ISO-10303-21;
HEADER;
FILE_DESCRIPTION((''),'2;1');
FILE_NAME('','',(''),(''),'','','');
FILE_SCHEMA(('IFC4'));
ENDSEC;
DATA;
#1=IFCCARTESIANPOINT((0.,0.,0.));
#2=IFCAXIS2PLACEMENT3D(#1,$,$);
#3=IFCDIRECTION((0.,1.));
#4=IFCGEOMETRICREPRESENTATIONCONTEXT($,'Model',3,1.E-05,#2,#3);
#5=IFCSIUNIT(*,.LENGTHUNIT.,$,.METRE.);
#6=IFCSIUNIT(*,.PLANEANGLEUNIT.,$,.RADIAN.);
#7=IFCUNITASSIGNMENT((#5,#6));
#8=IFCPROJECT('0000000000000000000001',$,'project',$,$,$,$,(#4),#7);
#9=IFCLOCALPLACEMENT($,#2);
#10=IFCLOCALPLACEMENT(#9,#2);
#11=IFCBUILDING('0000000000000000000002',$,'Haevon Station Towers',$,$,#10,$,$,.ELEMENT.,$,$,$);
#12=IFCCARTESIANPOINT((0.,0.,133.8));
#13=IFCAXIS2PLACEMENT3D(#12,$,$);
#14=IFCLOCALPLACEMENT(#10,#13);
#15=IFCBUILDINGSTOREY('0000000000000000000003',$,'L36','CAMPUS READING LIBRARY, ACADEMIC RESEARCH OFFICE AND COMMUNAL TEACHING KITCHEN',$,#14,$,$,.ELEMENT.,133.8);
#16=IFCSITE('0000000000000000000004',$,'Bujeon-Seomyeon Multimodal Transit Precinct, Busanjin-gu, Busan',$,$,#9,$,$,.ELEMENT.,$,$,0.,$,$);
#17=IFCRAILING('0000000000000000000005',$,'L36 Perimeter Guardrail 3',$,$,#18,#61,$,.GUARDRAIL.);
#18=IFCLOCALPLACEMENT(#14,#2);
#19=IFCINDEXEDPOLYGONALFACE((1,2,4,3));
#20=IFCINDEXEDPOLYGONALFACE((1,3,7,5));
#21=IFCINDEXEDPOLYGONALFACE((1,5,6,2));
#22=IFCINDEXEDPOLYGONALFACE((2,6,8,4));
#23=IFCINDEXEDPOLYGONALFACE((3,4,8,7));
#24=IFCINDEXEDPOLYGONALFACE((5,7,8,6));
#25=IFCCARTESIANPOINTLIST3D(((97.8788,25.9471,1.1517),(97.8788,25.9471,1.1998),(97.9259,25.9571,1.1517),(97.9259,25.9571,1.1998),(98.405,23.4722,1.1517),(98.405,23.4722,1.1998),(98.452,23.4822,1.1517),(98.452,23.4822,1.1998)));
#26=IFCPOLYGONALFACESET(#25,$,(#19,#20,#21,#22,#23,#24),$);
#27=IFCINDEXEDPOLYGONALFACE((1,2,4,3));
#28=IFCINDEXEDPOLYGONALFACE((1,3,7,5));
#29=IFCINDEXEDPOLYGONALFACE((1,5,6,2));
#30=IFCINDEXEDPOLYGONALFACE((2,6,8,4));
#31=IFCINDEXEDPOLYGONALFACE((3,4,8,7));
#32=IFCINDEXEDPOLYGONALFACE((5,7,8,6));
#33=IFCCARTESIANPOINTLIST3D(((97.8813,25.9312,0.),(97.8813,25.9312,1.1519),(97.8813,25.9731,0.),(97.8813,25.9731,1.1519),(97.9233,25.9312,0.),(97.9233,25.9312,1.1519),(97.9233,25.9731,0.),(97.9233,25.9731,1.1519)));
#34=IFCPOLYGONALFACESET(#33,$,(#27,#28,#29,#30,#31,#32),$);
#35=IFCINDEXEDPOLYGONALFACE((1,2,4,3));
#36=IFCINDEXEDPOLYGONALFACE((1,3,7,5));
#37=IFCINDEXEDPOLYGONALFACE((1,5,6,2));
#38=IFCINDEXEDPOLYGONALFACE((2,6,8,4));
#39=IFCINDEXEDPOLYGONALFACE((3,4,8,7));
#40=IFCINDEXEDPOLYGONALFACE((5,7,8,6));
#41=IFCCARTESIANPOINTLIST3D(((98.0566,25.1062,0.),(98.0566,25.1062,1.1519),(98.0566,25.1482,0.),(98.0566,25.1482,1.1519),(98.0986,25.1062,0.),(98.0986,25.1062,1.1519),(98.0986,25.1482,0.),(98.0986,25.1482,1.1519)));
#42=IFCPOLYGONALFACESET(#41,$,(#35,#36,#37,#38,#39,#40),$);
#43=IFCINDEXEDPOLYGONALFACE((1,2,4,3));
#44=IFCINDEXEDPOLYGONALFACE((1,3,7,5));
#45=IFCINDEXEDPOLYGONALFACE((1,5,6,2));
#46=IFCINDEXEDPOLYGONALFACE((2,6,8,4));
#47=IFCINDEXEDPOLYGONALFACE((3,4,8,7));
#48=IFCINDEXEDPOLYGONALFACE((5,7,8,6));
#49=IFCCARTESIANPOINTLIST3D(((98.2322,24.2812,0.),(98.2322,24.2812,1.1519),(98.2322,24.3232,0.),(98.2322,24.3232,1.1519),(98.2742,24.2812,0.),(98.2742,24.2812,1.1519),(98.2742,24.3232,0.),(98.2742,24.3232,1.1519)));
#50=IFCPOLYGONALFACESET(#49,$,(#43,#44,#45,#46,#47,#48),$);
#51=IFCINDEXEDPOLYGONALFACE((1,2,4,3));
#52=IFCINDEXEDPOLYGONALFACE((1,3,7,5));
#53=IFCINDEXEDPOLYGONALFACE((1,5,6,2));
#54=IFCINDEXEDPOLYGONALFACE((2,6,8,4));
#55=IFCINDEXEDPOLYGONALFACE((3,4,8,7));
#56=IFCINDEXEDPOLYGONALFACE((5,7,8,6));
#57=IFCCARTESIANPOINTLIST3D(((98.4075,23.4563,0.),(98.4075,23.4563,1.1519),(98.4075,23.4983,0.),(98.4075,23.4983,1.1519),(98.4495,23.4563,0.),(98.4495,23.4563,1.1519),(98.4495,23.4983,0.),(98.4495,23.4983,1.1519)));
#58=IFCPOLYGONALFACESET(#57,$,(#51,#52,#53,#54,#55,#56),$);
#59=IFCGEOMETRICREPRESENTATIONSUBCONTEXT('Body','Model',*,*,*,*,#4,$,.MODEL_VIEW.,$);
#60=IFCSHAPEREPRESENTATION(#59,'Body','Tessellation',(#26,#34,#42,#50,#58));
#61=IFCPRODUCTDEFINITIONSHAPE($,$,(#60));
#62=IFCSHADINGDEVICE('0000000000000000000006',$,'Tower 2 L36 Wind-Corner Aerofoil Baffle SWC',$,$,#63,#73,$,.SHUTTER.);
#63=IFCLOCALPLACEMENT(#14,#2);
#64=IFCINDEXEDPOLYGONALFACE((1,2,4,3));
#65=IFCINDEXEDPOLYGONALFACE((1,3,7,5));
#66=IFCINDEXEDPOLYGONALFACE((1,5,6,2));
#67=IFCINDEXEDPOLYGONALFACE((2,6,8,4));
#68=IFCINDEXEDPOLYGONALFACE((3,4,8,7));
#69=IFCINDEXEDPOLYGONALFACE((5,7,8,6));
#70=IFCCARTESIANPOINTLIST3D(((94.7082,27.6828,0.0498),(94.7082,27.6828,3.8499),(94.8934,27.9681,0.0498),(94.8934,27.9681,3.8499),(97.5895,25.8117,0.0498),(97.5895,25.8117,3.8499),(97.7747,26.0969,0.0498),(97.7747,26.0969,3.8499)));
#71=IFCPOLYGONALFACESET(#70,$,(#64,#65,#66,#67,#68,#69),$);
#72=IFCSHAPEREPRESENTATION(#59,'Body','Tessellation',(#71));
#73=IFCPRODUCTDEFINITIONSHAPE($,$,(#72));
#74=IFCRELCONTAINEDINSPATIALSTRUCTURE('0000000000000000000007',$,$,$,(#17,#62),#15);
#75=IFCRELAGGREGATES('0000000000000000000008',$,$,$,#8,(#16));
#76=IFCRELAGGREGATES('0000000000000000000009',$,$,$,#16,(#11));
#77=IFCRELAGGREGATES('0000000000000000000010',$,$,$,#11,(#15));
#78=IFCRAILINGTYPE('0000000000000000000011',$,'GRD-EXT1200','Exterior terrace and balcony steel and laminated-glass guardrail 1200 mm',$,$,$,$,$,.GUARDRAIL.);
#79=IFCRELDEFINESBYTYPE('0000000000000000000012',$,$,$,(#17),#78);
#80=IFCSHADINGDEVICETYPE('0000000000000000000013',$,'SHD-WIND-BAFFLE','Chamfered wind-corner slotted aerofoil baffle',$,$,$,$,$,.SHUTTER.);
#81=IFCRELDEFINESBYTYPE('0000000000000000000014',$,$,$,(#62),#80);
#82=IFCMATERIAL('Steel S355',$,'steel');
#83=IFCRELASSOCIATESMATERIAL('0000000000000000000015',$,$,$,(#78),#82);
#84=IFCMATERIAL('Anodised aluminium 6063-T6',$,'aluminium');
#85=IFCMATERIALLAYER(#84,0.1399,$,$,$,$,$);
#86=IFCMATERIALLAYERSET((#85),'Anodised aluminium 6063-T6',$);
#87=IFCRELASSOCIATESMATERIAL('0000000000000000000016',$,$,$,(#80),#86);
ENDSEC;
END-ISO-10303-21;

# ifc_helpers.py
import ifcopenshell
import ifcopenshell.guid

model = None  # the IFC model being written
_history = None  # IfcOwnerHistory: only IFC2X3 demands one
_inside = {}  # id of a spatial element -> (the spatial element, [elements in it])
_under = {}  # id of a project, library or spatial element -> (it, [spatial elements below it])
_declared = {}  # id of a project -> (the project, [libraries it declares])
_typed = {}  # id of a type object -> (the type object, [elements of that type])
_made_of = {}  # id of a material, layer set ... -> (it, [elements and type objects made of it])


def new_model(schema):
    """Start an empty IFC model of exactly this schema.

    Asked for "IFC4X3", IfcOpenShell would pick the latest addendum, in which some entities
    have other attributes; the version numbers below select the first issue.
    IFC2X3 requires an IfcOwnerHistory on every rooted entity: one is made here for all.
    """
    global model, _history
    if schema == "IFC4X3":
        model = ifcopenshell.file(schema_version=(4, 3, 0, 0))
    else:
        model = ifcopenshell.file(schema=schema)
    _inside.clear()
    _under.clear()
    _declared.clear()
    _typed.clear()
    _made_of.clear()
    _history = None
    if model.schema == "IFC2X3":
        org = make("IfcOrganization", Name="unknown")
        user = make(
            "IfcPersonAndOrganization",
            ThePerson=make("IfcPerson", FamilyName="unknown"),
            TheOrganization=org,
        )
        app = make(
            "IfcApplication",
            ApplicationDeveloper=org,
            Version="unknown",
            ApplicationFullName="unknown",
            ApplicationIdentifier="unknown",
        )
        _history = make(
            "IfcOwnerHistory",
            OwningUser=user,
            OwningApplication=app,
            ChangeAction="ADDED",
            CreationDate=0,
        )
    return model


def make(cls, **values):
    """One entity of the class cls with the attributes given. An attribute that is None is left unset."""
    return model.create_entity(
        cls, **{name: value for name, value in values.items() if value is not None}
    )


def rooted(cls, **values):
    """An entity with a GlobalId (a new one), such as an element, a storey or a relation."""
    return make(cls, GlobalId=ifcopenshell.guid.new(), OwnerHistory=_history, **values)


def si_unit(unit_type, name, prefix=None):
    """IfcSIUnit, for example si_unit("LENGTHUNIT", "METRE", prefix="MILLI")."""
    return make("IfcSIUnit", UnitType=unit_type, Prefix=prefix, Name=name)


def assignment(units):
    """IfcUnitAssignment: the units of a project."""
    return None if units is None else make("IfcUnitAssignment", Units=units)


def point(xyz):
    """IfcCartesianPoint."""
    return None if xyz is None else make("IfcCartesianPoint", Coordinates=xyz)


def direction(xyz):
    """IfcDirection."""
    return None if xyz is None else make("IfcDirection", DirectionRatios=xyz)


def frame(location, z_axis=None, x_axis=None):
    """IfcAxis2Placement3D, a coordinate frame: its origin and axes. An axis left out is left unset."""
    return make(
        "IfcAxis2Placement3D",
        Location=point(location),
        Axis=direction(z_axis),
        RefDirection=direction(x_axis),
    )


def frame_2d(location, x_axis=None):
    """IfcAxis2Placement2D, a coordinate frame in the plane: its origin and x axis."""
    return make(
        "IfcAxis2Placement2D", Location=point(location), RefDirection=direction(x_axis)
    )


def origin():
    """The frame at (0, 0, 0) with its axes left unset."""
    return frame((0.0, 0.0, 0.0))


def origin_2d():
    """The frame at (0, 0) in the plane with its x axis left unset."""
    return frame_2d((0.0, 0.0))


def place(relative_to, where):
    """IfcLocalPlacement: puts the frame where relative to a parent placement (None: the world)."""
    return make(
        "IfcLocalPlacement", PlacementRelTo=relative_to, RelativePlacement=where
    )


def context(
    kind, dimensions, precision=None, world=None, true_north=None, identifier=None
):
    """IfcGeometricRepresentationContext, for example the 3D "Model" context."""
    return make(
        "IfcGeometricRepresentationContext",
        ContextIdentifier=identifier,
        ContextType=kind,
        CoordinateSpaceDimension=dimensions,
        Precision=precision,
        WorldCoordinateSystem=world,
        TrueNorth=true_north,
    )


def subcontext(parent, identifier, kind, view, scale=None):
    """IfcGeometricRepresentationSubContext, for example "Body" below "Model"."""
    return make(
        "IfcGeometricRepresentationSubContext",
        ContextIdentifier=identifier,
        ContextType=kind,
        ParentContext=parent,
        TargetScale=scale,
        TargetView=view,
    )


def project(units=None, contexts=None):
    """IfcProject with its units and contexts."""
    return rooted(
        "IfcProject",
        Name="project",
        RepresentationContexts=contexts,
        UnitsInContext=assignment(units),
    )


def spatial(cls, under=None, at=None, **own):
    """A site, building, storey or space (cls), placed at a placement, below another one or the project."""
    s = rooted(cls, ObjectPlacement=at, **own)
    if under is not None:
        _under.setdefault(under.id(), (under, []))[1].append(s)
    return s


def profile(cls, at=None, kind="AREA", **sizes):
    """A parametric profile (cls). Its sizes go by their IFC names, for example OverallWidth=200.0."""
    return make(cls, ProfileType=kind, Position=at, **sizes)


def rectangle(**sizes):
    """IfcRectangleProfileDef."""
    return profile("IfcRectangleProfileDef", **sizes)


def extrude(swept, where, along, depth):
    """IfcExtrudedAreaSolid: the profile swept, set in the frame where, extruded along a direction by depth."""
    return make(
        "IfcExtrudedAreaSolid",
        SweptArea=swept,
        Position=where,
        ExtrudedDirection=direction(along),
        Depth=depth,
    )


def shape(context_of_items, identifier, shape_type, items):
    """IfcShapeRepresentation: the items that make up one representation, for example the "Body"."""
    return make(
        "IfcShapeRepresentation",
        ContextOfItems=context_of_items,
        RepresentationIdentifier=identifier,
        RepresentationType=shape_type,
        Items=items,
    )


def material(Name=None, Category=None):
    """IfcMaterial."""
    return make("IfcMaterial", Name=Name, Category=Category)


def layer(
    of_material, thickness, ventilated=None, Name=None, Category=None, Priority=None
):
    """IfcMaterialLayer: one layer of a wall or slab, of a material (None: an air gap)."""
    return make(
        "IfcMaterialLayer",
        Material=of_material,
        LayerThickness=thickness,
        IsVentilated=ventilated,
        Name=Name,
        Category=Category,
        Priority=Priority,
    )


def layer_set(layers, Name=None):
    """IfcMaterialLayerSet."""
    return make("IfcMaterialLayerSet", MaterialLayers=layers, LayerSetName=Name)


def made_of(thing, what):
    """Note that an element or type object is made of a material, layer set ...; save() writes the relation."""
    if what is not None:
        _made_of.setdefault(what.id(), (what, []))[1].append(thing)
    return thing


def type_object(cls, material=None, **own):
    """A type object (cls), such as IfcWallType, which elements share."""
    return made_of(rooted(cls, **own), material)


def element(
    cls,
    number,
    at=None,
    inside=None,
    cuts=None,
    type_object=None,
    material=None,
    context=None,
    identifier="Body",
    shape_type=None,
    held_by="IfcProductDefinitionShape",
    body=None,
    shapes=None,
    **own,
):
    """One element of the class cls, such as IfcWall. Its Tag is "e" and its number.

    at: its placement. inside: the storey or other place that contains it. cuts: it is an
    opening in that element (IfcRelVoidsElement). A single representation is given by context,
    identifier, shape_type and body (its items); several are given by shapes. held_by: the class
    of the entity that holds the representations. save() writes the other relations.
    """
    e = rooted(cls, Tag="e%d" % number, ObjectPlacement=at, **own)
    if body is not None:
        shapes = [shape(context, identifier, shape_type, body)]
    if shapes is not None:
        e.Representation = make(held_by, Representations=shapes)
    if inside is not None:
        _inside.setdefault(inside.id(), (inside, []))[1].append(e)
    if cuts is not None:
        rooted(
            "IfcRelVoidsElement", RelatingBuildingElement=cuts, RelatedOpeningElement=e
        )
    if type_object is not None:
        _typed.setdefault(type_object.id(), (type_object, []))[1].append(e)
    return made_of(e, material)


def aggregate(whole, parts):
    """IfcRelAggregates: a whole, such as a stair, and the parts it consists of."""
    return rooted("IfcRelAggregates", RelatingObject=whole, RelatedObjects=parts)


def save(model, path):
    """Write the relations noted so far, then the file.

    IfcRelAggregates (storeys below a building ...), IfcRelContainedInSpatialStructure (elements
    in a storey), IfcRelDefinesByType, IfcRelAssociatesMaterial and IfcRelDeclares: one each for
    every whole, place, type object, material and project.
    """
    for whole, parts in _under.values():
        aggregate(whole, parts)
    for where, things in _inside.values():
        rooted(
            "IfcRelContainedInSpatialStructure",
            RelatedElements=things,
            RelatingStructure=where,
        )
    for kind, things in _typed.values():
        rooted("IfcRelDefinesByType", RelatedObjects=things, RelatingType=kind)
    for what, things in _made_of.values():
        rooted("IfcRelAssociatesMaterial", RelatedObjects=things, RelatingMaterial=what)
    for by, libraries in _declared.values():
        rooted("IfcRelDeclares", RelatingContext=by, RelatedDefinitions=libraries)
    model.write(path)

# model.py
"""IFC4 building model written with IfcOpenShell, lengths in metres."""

from ifc_helpers import new_model, si_unit, direction, frame, origin, origin_2d, place, context, subcontext, project, spatial, rectangle, extrude, material, layer, layer_set, type_object, element, save


model = new_model("IFC4")

# Units and contexts
model_context = context("Model", 3, precision=1e-05, world=origin(), true_north=direction((0.0, 1.0)))
body_context = subcontext(model_context, "Body", "Model", "MODEL_VIEW")
ifc_project = project(units=[si_unit("LENGTHUNIT", "METRE"), si_unit("PLANEANGLEUNIT", "RADIAN")], contexts=[model_context])

# Site, building, storey
site_placement = place(None, origin())
site = spatial("IfcSite", under=ifc_project, at=site_placement, Name="Bujeon-Seomyeon Multimodal Transit Precinct, Busanjin-gu, Busan", CompositionType="ELEMENT", RefElevation=0.0)
building_placement = place(site_placement, origin())
building = spatial("IfcBuilding", under=site, at=building_placement, Name="Haevon Station Towers", CompositionType="ELEMENT")
storey_placement = place(building_placement, frame((0.0, 0.0, 133.8)))
storey = spatial("IfcBuildingStorey", under=building, at=storey_placement, Name="L36", Description="CAMPUS READING LIBRARY, ACADEMIC RESEARCH OFFICE AND COMMUNAL TEACHING KITCHEN", CompositionType="ELEMENT", Elevation=133.8)

# Shared definitions
ifc_material_1 = material(Name="Steel S355", Category="steel")

# Railing
railing_type = type_object("IfcRailingType", Name="GRD-EXT1200", Description="Exterior terrace and balcony steel and laminated-glass guardrail 1200 mm", PredefinedType="GUARDRAIL", material=ifc_material_1)
railing_1_placement = place(storey_placement, frame((97.9023, 25.9521, 0.0)))
element("IfcRailing", 1, at=railing_1_placement, inside=storey, type_object=railing_type, Name="L36 Perimeter Guardrail 3", PredefinedType="GUARDRAIL", context=body_context, shape_type="SweptSolid", body=[
    extrude(rectangle(XDim=0.0481, YDim=0.0481, at=origin_2d()), frame((0.0, 0.0, 1.1758), z_axis=(0.207941, -0.978141, 0.0), x_axis=(0.978141, 0.207941, 0.0)), (0.0, 0.0, 1.0), 2.5303),
    extrude(rectangle(XDim=0.042, YDim=0.042, at=origin_2d()), origin(), (0.0, 0.0, 1.0), 1.1519),
    extrude(rectangle(XDim=0.042, YDim=0.042, at=origin_2d()), frame((0.1753, -0.825, 0.0)), (0.0, 0.0, 1.0), 1.1519),
    extrude(rectangle(XDim=0.042, YDim=0.042, at=origin_2d()), frame((0.3508, -1.6499, 0.0)), (0.0, 0.0, 1.0), 1.1519),
    extrude(rectangle(XDim=0.042, YDim=0.042, at=origin_2d()), frame((0.5261, -2.4749, 0.0)), (0.0, 0.0, 1.0), 1.1519),
])

# Shading device
ifc_material_2 = material(Name="Anodised aluminium 6063-T6", Category="aluminium")
ifc_layer_1 = layer(ifc_material_2, 0.1399)
ifc_layer_set_1 = layer_set([ifc_layer_1], Name="Anodised aluminium 6063-T6")
shading_device_type = type_object("IfcShadingDeviceType", Name="SHD-WIND-BAFFLE", Description="Chamfered wind-corner slotted aerofoil baffle", PredefinedType="SHUTTER", material=ifc_layer_set_1)
shading_device_placement = place(storey_placement, frame((96.2415, 26.8899, 0.0498), z_axis=(0.0, 0.0, 1.0), x_axis=(-0.838671, 0.544639, 0.0)))
element("IfcShadingDevice", 2, at=shading_device_placement, inside=storey, type_object=shading_device_type, Name="Tower 2 L36 Wind-Corner Aerofoil Baffle SWC", PredefinedType="SHUTTER", context=body_context, shape_type="SweptSolid", body=[
    extrude(rectangle(XDim=3.4355, YDim=0.3401, at=origin_2d()), origin(), (0.0, 0.0, 1.0), 3.8),
])

save(model, "model.ifc")
